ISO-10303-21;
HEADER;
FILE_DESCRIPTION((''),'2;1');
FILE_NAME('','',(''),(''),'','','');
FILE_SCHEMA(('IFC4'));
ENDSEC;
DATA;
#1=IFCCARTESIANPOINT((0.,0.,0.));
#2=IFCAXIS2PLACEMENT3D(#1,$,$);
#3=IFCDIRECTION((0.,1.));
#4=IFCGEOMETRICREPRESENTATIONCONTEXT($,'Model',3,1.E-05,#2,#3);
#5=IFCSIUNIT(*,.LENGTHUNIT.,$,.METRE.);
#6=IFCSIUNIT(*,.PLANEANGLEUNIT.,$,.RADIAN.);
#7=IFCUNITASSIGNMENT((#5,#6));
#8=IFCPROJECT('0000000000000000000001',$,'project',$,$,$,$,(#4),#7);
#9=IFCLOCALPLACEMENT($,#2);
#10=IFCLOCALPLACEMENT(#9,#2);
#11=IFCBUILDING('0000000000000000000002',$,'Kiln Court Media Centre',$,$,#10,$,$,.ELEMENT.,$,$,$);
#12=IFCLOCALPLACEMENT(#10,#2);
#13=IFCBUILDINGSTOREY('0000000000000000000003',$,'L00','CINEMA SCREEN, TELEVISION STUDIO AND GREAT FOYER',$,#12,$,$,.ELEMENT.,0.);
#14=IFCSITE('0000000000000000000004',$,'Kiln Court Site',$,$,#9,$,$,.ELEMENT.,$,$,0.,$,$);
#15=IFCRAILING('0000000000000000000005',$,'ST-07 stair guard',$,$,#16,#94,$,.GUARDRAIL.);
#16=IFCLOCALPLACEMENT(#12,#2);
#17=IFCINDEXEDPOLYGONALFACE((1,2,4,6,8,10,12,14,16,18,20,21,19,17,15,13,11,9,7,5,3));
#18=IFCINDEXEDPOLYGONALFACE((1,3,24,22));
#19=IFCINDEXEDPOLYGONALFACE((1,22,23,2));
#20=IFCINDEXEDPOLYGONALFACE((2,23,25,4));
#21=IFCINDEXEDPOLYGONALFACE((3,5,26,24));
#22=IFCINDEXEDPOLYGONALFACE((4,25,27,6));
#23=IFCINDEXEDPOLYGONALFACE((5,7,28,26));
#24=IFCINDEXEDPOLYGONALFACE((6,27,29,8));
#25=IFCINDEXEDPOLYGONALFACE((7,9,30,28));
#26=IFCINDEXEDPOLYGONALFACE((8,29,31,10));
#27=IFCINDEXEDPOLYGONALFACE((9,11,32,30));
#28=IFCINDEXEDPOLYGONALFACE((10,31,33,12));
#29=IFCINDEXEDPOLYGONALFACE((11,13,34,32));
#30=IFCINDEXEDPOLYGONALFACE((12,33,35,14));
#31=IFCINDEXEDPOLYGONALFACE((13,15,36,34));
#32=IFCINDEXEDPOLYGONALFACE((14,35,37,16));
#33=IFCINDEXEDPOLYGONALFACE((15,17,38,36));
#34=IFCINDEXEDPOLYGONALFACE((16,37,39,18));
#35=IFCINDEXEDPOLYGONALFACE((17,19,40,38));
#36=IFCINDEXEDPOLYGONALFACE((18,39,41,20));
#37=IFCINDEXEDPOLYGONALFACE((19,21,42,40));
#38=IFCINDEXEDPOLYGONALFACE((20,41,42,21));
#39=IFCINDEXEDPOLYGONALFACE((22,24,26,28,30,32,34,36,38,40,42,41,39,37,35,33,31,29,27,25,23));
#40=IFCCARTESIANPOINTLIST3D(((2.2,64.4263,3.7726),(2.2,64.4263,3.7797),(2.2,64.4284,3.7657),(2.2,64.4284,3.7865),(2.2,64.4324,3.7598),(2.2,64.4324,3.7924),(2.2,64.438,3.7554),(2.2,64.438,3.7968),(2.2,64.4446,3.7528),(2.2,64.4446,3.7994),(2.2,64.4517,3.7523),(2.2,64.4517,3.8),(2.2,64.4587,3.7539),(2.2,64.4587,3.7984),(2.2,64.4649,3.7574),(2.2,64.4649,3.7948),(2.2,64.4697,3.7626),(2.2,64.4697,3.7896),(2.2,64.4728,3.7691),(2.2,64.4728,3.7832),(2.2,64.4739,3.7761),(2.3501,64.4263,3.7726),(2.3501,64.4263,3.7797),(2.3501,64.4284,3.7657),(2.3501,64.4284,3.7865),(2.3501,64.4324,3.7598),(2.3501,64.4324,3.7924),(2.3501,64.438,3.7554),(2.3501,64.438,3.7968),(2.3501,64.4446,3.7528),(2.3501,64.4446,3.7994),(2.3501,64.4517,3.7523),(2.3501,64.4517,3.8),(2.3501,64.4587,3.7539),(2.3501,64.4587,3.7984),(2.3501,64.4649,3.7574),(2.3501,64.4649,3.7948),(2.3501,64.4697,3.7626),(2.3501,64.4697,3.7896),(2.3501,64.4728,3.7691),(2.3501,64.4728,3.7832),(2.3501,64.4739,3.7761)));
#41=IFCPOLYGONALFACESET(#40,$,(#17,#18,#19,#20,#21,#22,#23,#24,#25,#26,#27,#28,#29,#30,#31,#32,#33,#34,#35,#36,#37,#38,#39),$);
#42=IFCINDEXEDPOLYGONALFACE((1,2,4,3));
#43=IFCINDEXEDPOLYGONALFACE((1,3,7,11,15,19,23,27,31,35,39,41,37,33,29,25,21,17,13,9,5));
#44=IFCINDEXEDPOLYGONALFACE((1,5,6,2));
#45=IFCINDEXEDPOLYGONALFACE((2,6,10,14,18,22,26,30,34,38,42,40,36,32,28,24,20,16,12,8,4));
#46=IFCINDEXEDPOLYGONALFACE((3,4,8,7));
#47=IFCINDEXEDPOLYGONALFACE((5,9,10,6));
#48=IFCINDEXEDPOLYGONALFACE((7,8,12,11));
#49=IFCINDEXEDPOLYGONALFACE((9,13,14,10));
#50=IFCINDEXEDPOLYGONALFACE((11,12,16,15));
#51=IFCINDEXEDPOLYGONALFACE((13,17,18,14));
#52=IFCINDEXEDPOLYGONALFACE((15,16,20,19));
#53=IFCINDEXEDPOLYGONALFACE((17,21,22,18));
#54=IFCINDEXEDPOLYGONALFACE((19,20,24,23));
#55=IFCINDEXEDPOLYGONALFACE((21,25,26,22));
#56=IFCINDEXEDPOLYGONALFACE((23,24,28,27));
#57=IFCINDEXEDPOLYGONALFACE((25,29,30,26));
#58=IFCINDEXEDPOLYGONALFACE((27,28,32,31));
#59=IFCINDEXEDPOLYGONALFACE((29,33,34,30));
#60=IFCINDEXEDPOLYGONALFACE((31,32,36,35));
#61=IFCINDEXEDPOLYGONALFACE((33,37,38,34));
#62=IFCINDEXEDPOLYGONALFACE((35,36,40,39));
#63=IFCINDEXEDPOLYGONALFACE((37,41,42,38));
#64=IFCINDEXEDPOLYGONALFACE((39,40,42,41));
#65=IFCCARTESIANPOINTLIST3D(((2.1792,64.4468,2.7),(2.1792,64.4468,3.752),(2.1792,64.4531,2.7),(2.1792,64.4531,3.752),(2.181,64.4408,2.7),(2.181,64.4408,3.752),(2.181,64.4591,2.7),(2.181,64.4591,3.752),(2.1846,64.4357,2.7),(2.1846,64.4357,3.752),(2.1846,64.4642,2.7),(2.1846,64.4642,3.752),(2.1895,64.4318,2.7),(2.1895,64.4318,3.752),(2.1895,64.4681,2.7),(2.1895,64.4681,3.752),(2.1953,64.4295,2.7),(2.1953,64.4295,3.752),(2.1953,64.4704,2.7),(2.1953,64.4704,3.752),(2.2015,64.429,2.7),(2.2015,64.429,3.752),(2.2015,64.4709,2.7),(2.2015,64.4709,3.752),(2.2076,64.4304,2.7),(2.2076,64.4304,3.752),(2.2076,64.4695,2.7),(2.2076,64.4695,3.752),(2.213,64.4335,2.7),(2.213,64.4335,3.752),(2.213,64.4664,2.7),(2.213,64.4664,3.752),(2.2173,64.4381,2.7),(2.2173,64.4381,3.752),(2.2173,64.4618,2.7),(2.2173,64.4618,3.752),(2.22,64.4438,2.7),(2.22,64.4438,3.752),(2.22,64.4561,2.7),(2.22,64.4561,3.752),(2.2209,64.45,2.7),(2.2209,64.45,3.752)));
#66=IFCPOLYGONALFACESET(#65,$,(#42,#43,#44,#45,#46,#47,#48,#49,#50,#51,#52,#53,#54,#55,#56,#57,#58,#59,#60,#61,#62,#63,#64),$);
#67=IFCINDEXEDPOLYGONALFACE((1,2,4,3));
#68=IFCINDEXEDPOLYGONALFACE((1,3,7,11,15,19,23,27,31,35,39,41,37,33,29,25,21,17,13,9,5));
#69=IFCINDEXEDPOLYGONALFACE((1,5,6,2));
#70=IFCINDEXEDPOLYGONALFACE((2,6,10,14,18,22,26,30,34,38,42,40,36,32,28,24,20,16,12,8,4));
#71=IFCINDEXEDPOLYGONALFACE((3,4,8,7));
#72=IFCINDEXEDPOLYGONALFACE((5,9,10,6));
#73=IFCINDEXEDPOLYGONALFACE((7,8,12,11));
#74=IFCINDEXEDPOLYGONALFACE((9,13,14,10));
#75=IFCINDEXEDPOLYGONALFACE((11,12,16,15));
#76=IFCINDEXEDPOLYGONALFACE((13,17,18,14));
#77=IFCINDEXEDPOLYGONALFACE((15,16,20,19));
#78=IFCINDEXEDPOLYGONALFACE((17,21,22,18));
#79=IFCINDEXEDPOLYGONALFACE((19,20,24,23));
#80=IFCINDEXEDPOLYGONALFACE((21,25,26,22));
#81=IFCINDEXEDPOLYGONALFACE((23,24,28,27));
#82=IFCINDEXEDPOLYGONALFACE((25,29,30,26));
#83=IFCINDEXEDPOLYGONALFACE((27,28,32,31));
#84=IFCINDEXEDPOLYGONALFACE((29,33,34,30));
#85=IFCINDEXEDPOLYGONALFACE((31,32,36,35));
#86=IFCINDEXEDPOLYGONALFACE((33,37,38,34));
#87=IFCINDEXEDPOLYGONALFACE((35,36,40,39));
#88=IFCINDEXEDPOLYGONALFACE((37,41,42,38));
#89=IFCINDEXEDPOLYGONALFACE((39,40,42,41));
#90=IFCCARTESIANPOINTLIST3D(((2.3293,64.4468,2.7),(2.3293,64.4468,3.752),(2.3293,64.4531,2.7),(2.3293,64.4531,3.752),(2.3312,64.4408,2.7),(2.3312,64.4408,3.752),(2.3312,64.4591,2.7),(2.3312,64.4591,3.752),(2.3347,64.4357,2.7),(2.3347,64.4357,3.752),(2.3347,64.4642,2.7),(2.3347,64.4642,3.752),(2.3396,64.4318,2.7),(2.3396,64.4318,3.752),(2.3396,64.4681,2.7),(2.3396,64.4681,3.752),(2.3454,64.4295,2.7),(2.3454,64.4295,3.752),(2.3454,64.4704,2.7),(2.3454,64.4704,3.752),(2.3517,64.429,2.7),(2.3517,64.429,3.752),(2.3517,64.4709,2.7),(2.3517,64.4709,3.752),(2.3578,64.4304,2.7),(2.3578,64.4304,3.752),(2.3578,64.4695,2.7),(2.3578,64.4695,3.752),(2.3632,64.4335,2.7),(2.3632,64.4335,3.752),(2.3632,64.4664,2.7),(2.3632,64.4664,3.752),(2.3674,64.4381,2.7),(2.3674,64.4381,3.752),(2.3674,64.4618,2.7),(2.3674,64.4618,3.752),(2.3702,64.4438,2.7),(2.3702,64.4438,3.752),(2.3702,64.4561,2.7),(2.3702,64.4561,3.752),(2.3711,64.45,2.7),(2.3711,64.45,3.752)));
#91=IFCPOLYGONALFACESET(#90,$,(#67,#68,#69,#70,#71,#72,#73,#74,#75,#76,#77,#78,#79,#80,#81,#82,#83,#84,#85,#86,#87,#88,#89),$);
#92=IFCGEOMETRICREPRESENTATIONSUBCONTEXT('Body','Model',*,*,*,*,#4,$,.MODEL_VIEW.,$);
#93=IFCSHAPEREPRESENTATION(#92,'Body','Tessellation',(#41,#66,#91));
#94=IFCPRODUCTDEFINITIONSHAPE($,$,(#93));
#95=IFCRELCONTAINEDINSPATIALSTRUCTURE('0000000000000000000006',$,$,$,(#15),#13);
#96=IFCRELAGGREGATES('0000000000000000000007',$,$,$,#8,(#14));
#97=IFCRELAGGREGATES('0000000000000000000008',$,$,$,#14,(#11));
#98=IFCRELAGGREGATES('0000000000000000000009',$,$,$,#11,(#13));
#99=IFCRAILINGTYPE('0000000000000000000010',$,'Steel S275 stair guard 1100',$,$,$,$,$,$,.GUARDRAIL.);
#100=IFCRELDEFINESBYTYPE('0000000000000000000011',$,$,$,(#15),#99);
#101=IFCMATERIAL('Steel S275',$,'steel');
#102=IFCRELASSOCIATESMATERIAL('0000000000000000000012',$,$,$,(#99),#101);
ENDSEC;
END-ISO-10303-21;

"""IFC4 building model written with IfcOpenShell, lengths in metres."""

from ifc_helpers import new_model, si_unit, direction, frame, origin, origin_2d, place, context, subcontext, project, spatial, circle, extrude, material, type_object, element, save


model = new_model("IFC4")

# Units and contexts
model_context = context("Model", 3, precision=1e-05, world=origin(), true_north=direction((0.0, 1.0)))
body_context = subcontext(model_context, "Body", "Model", "MODEL_VIEW")
ifc_project = project(units=[si_unit("LENGTHUNIT", "METRE"), si_unit("PLANEANGLEUNIT", "RADIAN")], contexts=[model_context])

# Site, building, storey
site_placement = place(None, origin())
site = spatial("IfcSite", under=ifc_project, at=site_placement, Name="Kiln Court Site", CompositionType="ELEMENT", RefElevation=0.0)
building_placement = place(site_placement, origin())
building = spatial("IfcBuilding", under=site, at=building_placement, Name="Kiln Court Media Centre", CompositionType="ELEMENT")
storey_placement = place(building_placement, origin())
storey = spatial("IfcBuildingStorey", under=building, at=storey_placement, Name="L00", Description="CINEMA SCREEN, TELEVISION STUDIO AND GREAT FOYER", CompositionType="ELEMENT", Elevation=0.0)

# Railing
ifc_material_1 = material(Name="Steel S275", Category="steel")
railing_type_1 = type_object("IfcRailingType", Name="Steel S275 stair guard 1100", PredefinedType="GUARDRAIL", material=ifc_material_1)
railing_1_placement = place(storey_placement, frame((2.2, 64.45, 2.7)))
element("IfcRailing", 1, at=railing_1_placement, inside=storey, type_object=railing_type_1, Name="ST-07 stair guard", PredefinedType="GUARDRAIL", context=body_context, shape_type="SweptSolid", body=[
    extrude(circle(Radius=0.0239, at=origin_2d()), frame((0.0, 0.0, 1.0762), z_axis=(1.0, 0.0, 0.0), x_axis=(0.0, 1.0, 0.0)), (0.0, 0.0, 1.0), 0.1501),
    extrude(circle(Radius=0.021, at=origin_2d()), origin(), (0.0, 0.0, 1.0), 1.052),
    extrude(circle(Radius=0.021, at=origin_2d()), frame((0.1501, 0.0, 0.0)), (0.0, 0.0, 1.0), 1.052),
])

save(model, "model.ifc")
